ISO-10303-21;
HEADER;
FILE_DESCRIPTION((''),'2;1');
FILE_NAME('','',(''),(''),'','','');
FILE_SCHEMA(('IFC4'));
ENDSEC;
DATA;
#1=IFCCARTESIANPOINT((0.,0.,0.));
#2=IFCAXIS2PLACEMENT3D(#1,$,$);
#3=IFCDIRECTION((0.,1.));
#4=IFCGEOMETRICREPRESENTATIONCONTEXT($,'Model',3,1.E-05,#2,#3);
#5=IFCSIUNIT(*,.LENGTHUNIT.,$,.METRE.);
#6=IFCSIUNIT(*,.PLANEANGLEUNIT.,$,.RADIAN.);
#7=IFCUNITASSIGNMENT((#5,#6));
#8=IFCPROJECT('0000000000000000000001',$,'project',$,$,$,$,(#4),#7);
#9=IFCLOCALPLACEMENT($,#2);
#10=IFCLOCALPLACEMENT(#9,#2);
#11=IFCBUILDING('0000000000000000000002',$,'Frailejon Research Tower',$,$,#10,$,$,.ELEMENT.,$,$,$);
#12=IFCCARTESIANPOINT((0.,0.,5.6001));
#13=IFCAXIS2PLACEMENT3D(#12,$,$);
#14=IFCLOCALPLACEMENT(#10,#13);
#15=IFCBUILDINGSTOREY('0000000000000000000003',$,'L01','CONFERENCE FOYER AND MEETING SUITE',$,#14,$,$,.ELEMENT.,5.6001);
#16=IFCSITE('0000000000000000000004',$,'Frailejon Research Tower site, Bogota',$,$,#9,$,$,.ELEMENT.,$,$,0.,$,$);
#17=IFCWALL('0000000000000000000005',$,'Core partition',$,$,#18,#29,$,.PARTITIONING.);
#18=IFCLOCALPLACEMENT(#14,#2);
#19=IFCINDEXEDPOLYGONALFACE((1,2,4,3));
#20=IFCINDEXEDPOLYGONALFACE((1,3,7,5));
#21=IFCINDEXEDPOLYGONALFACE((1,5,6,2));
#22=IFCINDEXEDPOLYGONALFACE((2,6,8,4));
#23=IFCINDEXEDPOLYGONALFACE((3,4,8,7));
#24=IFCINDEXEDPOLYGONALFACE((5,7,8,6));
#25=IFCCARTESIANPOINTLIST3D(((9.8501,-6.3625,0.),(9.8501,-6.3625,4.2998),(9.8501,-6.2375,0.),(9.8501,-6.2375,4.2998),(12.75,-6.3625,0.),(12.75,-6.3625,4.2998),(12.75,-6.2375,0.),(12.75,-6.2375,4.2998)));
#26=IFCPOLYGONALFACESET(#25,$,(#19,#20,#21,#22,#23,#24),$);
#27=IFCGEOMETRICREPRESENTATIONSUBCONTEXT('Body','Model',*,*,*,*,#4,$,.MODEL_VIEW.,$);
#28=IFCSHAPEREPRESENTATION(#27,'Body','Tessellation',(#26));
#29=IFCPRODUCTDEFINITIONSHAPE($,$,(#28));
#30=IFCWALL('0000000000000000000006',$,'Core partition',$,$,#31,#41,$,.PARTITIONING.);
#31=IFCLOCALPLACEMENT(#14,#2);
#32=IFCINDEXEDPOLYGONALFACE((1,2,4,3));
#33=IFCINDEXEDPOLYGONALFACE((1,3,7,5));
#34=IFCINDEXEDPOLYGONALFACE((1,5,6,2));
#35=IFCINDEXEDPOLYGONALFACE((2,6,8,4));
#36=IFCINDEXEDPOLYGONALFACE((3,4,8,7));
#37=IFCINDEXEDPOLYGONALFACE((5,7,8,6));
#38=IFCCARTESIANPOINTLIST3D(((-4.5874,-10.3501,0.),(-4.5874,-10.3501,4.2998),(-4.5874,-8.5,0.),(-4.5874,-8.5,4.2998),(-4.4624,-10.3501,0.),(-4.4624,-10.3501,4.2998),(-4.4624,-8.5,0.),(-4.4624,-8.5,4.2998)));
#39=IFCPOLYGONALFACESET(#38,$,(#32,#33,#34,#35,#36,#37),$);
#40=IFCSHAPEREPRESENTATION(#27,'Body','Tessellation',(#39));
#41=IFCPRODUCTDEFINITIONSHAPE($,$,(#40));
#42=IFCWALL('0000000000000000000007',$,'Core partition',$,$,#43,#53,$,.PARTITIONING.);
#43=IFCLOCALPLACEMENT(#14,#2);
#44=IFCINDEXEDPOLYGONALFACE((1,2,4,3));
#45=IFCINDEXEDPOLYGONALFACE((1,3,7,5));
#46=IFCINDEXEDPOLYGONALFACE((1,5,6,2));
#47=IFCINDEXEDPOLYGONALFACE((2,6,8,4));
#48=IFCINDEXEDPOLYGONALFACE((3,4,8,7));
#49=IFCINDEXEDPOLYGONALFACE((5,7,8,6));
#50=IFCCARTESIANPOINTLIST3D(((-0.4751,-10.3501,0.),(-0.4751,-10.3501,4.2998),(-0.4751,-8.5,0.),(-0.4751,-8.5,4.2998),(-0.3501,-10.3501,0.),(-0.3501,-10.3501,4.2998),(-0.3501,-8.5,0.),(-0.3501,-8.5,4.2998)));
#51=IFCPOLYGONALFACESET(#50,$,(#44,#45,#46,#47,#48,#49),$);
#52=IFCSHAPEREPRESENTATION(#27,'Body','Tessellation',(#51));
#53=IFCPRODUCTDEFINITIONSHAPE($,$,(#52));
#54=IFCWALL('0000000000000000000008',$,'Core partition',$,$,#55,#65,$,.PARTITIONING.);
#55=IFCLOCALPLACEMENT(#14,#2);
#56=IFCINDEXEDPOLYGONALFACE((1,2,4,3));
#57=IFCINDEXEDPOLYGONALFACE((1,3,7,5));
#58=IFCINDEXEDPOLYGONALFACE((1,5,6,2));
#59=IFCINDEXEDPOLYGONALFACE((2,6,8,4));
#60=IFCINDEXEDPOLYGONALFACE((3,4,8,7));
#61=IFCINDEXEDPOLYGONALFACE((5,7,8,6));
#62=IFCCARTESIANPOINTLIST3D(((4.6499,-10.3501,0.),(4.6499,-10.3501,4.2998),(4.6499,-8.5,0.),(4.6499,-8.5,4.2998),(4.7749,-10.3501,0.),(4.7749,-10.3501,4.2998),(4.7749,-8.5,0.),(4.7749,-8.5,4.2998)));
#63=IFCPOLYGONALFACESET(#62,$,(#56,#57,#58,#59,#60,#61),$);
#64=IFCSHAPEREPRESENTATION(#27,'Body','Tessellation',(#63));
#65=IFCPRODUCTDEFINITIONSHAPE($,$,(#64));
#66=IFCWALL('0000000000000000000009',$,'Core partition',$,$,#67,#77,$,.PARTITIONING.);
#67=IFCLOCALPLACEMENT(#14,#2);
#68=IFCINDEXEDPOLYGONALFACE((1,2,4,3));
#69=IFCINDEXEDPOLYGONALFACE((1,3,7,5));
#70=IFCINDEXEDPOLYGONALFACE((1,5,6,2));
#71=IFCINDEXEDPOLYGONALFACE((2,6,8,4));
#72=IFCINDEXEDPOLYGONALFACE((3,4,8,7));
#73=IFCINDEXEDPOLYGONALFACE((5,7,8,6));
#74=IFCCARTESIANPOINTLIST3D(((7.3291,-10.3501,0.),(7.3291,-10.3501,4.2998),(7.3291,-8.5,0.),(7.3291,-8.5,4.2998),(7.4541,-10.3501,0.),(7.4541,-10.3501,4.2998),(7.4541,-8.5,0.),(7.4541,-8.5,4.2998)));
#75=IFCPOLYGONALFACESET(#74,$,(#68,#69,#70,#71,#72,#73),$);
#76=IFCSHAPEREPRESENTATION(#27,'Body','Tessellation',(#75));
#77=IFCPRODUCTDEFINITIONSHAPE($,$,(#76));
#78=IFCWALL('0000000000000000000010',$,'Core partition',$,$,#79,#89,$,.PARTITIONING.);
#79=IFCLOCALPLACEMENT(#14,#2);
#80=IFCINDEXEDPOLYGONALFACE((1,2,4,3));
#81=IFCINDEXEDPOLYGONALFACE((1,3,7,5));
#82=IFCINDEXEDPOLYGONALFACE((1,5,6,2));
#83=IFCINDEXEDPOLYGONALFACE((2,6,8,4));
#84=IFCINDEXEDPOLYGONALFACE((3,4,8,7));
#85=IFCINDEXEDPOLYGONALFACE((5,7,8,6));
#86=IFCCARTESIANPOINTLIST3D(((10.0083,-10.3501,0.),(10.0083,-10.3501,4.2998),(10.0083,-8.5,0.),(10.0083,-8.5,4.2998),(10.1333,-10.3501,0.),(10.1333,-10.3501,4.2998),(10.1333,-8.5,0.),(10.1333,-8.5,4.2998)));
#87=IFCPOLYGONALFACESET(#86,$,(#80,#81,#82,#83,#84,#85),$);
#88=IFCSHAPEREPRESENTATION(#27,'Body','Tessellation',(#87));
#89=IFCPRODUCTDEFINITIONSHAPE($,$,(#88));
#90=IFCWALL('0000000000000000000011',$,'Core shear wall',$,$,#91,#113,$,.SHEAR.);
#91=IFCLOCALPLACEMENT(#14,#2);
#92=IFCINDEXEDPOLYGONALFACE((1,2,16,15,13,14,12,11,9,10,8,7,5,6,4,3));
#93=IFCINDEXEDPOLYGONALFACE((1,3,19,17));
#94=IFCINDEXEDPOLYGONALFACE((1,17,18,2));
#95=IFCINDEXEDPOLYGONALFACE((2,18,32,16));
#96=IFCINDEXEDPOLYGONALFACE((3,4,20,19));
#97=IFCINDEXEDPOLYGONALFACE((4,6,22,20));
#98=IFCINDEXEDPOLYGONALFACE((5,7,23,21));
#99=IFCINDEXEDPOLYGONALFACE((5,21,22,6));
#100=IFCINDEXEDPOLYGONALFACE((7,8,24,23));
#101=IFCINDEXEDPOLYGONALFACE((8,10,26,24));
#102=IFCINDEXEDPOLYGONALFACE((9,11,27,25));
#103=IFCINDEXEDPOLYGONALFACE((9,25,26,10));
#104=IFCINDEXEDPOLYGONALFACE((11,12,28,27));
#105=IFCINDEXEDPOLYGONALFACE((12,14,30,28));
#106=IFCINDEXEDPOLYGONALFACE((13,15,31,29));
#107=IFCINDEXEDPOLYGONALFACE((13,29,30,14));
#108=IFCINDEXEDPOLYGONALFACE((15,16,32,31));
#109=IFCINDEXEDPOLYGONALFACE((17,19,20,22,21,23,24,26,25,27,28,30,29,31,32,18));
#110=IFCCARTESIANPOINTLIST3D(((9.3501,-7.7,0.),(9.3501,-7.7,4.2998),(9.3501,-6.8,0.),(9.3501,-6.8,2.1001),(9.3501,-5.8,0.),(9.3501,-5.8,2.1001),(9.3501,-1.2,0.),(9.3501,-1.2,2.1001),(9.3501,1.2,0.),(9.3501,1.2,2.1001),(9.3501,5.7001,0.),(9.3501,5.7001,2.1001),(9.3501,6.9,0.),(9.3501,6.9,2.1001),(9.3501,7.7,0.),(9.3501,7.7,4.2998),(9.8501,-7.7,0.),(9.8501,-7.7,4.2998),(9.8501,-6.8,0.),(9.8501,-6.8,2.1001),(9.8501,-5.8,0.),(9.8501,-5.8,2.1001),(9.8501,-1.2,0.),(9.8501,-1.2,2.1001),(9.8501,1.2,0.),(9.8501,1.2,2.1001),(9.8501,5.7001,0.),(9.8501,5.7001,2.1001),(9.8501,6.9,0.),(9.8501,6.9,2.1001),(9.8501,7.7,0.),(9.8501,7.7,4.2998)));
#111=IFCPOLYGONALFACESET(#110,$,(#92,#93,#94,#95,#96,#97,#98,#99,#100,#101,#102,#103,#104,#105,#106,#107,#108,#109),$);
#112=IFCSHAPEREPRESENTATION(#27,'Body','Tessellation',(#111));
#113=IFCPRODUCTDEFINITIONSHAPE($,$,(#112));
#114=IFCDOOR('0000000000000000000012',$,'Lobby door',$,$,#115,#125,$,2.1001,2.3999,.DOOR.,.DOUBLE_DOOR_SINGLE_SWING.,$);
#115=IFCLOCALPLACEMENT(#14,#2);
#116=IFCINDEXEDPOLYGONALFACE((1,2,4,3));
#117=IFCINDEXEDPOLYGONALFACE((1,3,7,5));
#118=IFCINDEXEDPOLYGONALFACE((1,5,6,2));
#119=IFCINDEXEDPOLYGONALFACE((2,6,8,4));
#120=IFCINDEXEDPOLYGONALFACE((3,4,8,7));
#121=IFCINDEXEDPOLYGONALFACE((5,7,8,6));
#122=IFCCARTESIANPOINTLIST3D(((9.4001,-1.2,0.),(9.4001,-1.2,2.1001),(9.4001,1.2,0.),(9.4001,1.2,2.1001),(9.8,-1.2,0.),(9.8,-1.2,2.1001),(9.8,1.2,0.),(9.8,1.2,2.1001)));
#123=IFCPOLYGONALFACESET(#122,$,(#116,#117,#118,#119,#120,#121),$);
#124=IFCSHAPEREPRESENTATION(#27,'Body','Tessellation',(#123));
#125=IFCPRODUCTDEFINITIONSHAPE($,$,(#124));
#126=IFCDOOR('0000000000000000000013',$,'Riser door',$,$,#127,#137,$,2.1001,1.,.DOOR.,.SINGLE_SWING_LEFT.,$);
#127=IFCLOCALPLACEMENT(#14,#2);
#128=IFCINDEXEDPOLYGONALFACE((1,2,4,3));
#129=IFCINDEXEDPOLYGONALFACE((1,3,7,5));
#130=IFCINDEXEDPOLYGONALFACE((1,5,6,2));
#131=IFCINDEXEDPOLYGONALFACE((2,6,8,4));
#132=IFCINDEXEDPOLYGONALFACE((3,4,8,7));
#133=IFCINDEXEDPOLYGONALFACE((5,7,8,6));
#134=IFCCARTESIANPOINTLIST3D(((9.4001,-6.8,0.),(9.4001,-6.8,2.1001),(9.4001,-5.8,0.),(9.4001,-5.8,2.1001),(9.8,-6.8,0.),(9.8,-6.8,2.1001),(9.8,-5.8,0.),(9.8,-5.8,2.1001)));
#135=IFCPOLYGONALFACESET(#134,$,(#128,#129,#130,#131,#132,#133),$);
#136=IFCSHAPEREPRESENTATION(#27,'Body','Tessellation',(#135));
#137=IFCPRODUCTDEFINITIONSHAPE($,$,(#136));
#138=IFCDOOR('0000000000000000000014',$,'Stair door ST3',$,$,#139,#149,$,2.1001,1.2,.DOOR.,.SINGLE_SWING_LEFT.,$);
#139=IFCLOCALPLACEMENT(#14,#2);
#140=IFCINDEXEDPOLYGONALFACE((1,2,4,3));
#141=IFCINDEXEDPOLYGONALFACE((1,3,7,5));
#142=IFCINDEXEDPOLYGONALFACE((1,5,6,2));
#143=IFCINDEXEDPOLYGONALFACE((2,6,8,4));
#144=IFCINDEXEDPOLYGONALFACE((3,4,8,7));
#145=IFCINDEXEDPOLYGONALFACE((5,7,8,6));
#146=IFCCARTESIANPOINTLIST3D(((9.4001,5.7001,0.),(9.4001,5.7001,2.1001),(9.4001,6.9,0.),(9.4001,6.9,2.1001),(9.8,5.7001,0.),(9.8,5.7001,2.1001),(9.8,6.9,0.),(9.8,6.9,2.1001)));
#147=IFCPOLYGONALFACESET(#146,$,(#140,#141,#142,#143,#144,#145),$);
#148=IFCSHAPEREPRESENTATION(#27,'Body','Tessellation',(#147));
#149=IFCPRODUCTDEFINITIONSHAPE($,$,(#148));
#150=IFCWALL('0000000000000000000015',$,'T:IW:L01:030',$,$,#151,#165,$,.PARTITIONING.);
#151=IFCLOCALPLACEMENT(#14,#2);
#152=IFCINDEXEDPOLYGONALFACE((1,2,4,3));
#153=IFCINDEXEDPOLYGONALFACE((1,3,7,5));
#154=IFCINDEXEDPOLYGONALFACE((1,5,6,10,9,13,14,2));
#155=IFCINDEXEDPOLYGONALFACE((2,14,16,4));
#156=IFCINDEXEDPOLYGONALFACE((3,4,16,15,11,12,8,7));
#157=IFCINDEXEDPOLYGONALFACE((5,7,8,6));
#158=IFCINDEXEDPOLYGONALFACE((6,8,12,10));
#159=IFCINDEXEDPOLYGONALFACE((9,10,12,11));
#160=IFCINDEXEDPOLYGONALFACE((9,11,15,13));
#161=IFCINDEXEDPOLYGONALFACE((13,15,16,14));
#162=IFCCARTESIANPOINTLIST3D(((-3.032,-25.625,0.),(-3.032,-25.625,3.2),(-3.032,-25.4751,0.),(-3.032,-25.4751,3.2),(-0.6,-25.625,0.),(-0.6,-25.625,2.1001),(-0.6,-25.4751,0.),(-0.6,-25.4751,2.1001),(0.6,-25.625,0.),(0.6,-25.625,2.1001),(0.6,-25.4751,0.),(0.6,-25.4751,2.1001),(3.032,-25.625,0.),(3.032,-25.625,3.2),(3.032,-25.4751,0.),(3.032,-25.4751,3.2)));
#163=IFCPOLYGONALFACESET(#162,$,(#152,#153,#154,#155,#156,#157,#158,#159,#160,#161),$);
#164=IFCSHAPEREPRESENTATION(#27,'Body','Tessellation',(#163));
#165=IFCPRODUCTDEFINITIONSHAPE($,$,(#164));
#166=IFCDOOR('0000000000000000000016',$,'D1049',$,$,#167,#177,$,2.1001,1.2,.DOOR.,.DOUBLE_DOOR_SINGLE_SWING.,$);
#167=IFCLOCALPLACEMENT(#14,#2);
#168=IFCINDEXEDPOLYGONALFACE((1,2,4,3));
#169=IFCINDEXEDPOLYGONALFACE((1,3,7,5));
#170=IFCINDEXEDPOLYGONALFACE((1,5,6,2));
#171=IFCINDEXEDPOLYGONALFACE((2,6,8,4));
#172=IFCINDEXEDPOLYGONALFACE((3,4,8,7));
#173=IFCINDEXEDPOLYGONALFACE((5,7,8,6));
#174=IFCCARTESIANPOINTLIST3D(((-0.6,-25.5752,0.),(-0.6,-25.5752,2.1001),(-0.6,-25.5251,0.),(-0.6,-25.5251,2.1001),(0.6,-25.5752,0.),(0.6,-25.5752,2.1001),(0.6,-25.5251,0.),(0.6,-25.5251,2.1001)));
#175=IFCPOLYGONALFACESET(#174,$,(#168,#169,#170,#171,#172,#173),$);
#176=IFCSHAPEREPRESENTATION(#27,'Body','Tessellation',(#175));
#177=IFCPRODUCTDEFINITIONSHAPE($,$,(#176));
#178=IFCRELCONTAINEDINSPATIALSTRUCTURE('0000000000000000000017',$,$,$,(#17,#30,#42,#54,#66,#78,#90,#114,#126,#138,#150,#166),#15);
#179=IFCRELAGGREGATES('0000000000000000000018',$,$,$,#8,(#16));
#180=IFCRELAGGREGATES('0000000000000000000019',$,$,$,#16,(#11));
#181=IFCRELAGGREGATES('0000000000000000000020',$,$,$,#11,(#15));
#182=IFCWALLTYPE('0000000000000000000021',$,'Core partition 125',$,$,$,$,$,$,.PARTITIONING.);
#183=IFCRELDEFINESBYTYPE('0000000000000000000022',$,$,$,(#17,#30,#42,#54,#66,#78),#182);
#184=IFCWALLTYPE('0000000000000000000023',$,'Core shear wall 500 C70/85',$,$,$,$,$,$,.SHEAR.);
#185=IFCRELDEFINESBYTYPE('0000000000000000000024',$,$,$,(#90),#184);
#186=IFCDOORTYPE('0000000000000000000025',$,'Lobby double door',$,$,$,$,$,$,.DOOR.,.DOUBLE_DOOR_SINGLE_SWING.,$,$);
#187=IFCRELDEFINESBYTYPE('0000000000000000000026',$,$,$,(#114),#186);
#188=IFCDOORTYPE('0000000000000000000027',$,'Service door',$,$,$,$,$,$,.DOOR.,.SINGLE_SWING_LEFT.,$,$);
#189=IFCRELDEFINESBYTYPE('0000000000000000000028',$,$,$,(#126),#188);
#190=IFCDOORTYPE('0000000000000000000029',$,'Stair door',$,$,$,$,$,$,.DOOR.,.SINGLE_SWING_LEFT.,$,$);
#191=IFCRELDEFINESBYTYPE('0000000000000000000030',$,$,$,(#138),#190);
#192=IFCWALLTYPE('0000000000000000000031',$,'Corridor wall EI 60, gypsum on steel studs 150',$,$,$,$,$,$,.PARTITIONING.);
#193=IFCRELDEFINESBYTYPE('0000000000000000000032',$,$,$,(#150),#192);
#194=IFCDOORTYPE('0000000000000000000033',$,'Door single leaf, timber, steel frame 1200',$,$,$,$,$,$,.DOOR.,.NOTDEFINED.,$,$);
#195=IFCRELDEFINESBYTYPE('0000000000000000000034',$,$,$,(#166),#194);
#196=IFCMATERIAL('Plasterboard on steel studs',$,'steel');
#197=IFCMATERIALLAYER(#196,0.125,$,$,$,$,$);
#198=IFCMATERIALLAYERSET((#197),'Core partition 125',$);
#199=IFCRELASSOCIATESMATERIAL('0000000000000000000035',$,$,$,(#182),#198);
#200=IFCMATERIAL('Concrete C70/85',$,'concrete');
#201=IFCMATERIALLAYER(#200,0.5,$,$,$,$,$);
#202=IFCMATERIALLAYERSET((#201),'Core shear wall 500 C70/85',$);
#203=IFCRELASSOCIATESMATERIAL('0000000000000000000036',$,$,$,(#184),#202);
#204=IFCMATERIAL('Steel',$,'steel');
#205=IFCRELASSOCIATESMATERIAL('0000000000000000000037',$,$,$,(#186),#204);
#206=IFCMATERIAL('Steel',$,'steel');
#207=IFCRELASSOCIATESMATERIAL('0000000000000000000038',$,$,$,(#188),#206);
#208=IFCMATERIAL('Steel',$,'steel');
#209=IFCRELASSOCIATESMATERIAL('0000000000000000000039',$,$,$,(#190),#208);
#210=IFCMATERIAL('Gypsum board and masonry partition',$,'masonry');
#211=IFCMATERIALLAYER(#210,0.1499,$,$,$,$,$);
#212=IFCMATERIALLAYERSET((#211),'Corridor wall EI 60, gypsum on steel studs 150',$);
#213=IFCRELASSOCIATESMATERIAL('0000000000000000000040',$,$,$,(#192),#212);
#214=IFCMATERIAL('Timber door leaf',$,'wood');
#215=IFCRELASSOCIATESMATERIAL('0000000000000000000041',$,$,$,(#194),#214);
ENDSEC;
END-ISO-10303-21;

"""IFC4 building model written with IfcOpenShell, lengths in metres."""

from ifc_helpers import new_model, si_unit, direction, frame, frame_2d, origin, place, context, subcontext, project, spatial, rectangle, extrude, material, layer, layer_set, type_object, element, fill, save


model = new_model("IFC4")

# Units and contexts
model_context = context("Model", 3, precision=1e-05, world=origin(), true_north=direction((0.0, 1.0)))
body_context = subcontext(model_context, "Body", "Model", "MODEL_VIEW")
ifc_project = project(units=[si_unit("LENGTHUNIT", "METRE"), si_unit("PLANEANGLEUNIT", "RADIAN")], contexts=[model_context])

# Site, building, storey
site_placement = place(None, origin())
site = spatial("IfcSite", under=ifc_project, at=site_placement, Name="Frailejon Research Tower site, Bogota", CompositionType="ELEMENT", RefElevation=0.0)
building_placement = place(site_placement, origin())
building = spatial("IfcBuilding", under=site, at=building_placement, Name="Frailejon Research Tower", CompositionType="ELEMENT")
storey_placement = place(building_placement, frame((0.0, 0.0, 5.6001)))
storey = spatial("IfcBuildingStorey", under=building, at=storey_placement, Name="L01", Description="CONFERENCE FOYER AND MEETING SUITE", CompositionType="ELEMENT", Elevation=5.6001)

# Walls
ifc_material_1 = material(Name="Plasterboard on steel studs", Category="steel")
ifc_layer_1 = layer(ifc_material_1, 0.125)
ifc_layer_set_1 = layer_set([ifc_layer_1], Name="Core partition 125")
wall_type_1 = type_object("IfcWallType", Name="Core partition 125", PredefinedType="PARTITIONING", material=ifc_layer_set_1)
wall_1_placement = place(storey_placement, frame((9.8501, -6.3, 0.0), z_axis=(0.0, 0.0, 1.0), x_axis=(1.0, 0.0, 0.0)))
element("IfcWall", 1, at=wall_1_placement, inside=storey, type_object=wall_type_1, Name="Core partition", PredefinedType="PARTITIONING", context=body_context, shape_type="SweptSolid", body=[
    extrude(rectangle(XDim=2.8999, YDim=0.125, at=frame_2d((1.45, 0.0))), origin(), (0.0, 0.0, 1.0), 4.2998),
])
for number, where, z_axis, x_axis, name in (
    (2, (-4.5249, -10.3501, 0.0), (0.0, 0.0, 1.0), (0.0, 1.0, 0.0), "Core partition"),
    (3, (-0.4126, -10.3501, 0.0), (0.0, 0.0, 1.0), (0.0, 1.0, 0.0), "Core partition"),
    (4, (4.7124, -10.3501, 0.0), (0.0, 0.0, 1.0), (0.0, 1.0, 0.0), "Core partition"),
    (5, (7.3916, -10.3501, 0.0), (0.0, 0.0, 1.0), (0.0, 1.0, 0.0), "Core partition"),
    (6, (10.0708, -10.3501, 0.0), (0.0, 0.0, 1.0), (0.0, 1.0, 0.0), "Core partition"),
):
    element("IfcWall", number, at=place(storey_placement, frame(where, z_axis=z_axis, x_axis=x_axis)), inside=storey, type_object=wall_type_1, Name=name, PredefinedType="PARTITIONING", context=body_context, shape_type="SweptSolid", body=[
        extrude(rectangle(XDim=1.8501, YDim=0.125, at=frame_2d((0.925, 0.0))), origin(), (0.0, 0.0, 1.0), 4.2998),
    ])

# Wall, openings, doors
ifc_material_2 = material(Name="Concrete C70/85", Category="concrete")
ifc_layer_2 = layer(ifc_material_2, 0.5)
ifc_layer_set_2 = layer_set([ifc_layer_2], Name="Core shear wall 500 C70/85")
wall_type_2 = type_object("IfcWallType", Name="Core shear wall 500 C70/85", PredefinedType="SHEAR", material=ifc_layer_set_2)
wall_2_placement = place(storey_placement, frame((9.6001, -7.7, 0.0), z_axis=(0.0, 0.0, 1.0), x_axis=(0.0, 1.0, 0.0)))
wall_2 = element("IfcWall", 7, at=wall_2_placement, inside=storey, type_object=wall_type_2, Name="Core shear wall", PredefinedType="SHEAR", context=body_context, shape_type="SweptSolid", body=[
    extrude(rectangle(XDim=15.3999, YDim=0.5, at=frame_2d((7.7, 0.0))), origin(), (0.0, 0.0, 1.0), 4.2998),
])
opening_1_placement = place(wall_2_placement, frame((6.5, 0.0, 0.0)))
opening_1 = element("IfcOpeningElement", 8, at=opening_1_placement, cuts=wall_2, PredefinedType="OPENING", context=body_context, shape_type="SweptSolid", body=[
    extrude(rectangle(XDim=2.3999, YDim=2.1001, at=frame_2d((1.2, 1.05))), frame((0.0, 0.26, 0.0), z_axis=(0.0, -1.0, 0.0), x_axis=(1.0, 0.0, 0.0)), (0.0, 0.0, 1.0), 0.52),
])
opening_2_placement = place(wall_2_placement, frame((13.3999, 0.0, 0.0)))
opening_2 = element("IfcOpeningElement", 9, at=opening_2_placement, cuts=wall_2, PredefinedType="OPENING", context=body_context, shape_type="SweptSolid", body=[
    extrude(rectangle(XDim=1.2, YDim=2.1001, at=frame_2d((0.6001, 1.05))), frame((0.0, 0.26, 0.0), z_axis=(0.0, -1.0, 0.0), x_axis=(1.0, 0.0, 0.0)), (0.0, 0.0, 1.0), 0.52),
])
opening_3_placement = place(wall_2_placement, frame((0.8999, 0.0, 0.0)))
opening_3 = element("IfcOpeningElement", 10, at=opening_3_placement, cuts=wall_2, PredefinedType="OPENING", context=body_context, shape_type="SweptSolid", body=[
    extrude(rectangle(XDim=1.0, YDim=2.1001, at=frame_2d((0.5, 1.05))), frame((0.0, 0.26, 0.0), z_axis=(0.0, -1.0, 0.0), x_axis=(1.0, 0.0, 0.0)), (0.0, 0.0, 1.0), 0.52),
])
ifc_material_3 = material(Name="Steel", Category="steel")
door_type_1 = type_object("IfcDoorType", Name="Lobby double door", OperationType="DOUBLE_DOOR_SINGLE_SWING", PredefinedType="DOOR", material=ifc_material_3)
door_1_placement = place(opening_1_placement, origin())
door_1 = element("IfcDoor", 11, at=door_1_placement, inside=storey, type_object=door_type_1, Name="Lobby door", OperationType="DOUBLE_DOOR_SINGLE_SWING", OverallHeight=2.1001, OverallWidth=2.3999, PredefinedType="DOOR", context=body_context, shape_type="SweptSolid", body=[
    extrude(rectangle(XDim=2.3999, YDim=2.1001, at=frame_2d((1.2, 1.05))), frame((0.0, 0.2, 0.0), z_axis=(0.0, -1.0, 0.0), x_axis=(1.0, 0.0, 0.0)), (0.0, 0.0, 1.0), 0.3999),
])
fill(opening_1, door_1)
ifc_material_4 = material(Name="Steel", Category="steel")
door_type_2 = type_object("IfcDoorType", Name="Service door", OperationType="SINGLE_SWING_LEFT", PredefinedType="DOOR", material=ifc_material_4)
door_2_placement = place(opening_3_placement, origin())
door_2 = element("IfcDoor", 12, at=door_2_placement, inside=storey, type_object=door_type_2, Name="Riser door", OperationType="SINGLE_SWING_LEFT", OverallHeight=2.1001, OverallWidth=1.0, PredefinedType="DOOR", context=body_context, shape_type="SweptSolid", body=[
    extrude(rectangle(XDim=1.0, YDim=2.1001, at=frame_2d((0.5, 1.05))), frame((0.0, 0.2, 0.0), z_axis=(0.0, -1.0, 0.0), x_axis=(1.0, 0.0, 0.0)), (0.0, 0.0, 1.0), 0.3999),
])
fill(opening_3, door_2)
ifc_material_5 = material(Name="Steel", Category="steel")
door_type_3 = type_object("IfcDoorType", Name="Stair door", OperationType="SINGLE_SWING_LEFT", PredefinedType="DOOR", material=ifc_material_5)
door_3_placement = place(opening_2_placement, origin())
door_3 = element("IfcDoor", 13, at=door_3_placement, inside=storey, type_object=door_type_3, Name="Stair door ST3", OperationType="SINGLE_SWING_LEFT", OverallHeight=2.1001, OverallWidth=1.2, PredefinedType="DOOR", context=body_context, shape_type="SweptSolid", body=[
    extrude(rectangle(XDim=1.2, YDim=2.1001, at=frame_2d((0.6001, 1.05))), frame((0.0, 0.2, 0.0), z_axis=(0.0, -1.0, 0.0), x_axis=(1.0, 0.0, 0.0)), (0.0, 0.0, 1.0), 0.3999),
])
fill(opening_2, door_3)

# Wall, opening, door
ifc_material_6 = material(Name="Gypsum board and masonry partition", Category="masonry")
ifc_layer_3 = layer(ifc_material_6, 0.1499)
ifc_layer_set_3 = layer_set([ifc_layer_3], Name="Corridor wall EI 60, gypsum on steel studs 150")
wall_type_3 = type_object("IfcWallType", Name="Corridor wall EI 60, gypsum on steel studs 150", PredefinedType="PARTITIONING", material=ifc_layer_set_3)
wall_3_placement = place(storey_placement, frame((-3.032, -25.55, 0.0), z_axis=(0.0, 0.0, 1.0), x_axis=(1.0, 0.0, 0.0)))
wall_3 = element("IfcWall", 14, at=wall_3_placement, inside=storey, type_object=wall_type_3, Name="T:IW:L01:030", PredefinedType="PARTITIONING", context=body_context, shape_type="SweptSolid", body=[
    extrude(rectangle(XDim=6.064, YDim=0.1499, at=frame_2d((3.032, 0.0))), origin(), (0.0, 0.0, 1.0), 3.2),
])
opening_4_placement = place(wall_3_placement, frame((2.4319, 0.0, 0.0)))
opening_4 = element("IfcOpeningElement", 15, at=opening_4_placement, cuts=wall_3, PredefinedType="OPENING", context=body_context, shape_type="SweptSolid", body=[
    extrude(rectangle(XDim=1.2, YDim=2.1001, at=frame_2d((0.6001, 1.05))), frame((0.0, 0.085, 0.0), z_axis=(0.0, -1.0, 0.0), x_axis=(1.0, 0.0, 0.0)), (0.0, 0.0, 1.0), 0.1699),
])
ifc_material_7 = material(Name="Timber door leaf", Category="wood")
door_type_4 = type_object("IfcDoorType", Name="Door single leaf, timber, steel frame 1200", OperationType="NOTDEFINED", PredefinedType="DOOR", material=ifc_material_7)
door_4_placement = place(opening_4_placement, origin())
door_4 = element("IfcDoor", 16, at=door_4_placement, inside=storey, type_object=door_type_4, Name="D1049", OperationType="DOUBLE_DOOR_SINGLE_SWING", OverallHeight=2.1001, OverallWidth=1.2, PredefinedType="DOOR", context=body_context, shape_type="SweptSolid", body=[
    extrude(rectangle(XDim=1.2, YDim=2.1001, at=frame_2d((0.6001, 1.05))), frame((0.0, 0.0249, 0.0), z_axis=(0.0, -1.0, 0.0), x_axis=(1.0, 0.0, 0.0)), (0.0, 0.0, 1.0), 0.05),
])
fill(opening_4, door_4)

save(model, "model.ifc")
